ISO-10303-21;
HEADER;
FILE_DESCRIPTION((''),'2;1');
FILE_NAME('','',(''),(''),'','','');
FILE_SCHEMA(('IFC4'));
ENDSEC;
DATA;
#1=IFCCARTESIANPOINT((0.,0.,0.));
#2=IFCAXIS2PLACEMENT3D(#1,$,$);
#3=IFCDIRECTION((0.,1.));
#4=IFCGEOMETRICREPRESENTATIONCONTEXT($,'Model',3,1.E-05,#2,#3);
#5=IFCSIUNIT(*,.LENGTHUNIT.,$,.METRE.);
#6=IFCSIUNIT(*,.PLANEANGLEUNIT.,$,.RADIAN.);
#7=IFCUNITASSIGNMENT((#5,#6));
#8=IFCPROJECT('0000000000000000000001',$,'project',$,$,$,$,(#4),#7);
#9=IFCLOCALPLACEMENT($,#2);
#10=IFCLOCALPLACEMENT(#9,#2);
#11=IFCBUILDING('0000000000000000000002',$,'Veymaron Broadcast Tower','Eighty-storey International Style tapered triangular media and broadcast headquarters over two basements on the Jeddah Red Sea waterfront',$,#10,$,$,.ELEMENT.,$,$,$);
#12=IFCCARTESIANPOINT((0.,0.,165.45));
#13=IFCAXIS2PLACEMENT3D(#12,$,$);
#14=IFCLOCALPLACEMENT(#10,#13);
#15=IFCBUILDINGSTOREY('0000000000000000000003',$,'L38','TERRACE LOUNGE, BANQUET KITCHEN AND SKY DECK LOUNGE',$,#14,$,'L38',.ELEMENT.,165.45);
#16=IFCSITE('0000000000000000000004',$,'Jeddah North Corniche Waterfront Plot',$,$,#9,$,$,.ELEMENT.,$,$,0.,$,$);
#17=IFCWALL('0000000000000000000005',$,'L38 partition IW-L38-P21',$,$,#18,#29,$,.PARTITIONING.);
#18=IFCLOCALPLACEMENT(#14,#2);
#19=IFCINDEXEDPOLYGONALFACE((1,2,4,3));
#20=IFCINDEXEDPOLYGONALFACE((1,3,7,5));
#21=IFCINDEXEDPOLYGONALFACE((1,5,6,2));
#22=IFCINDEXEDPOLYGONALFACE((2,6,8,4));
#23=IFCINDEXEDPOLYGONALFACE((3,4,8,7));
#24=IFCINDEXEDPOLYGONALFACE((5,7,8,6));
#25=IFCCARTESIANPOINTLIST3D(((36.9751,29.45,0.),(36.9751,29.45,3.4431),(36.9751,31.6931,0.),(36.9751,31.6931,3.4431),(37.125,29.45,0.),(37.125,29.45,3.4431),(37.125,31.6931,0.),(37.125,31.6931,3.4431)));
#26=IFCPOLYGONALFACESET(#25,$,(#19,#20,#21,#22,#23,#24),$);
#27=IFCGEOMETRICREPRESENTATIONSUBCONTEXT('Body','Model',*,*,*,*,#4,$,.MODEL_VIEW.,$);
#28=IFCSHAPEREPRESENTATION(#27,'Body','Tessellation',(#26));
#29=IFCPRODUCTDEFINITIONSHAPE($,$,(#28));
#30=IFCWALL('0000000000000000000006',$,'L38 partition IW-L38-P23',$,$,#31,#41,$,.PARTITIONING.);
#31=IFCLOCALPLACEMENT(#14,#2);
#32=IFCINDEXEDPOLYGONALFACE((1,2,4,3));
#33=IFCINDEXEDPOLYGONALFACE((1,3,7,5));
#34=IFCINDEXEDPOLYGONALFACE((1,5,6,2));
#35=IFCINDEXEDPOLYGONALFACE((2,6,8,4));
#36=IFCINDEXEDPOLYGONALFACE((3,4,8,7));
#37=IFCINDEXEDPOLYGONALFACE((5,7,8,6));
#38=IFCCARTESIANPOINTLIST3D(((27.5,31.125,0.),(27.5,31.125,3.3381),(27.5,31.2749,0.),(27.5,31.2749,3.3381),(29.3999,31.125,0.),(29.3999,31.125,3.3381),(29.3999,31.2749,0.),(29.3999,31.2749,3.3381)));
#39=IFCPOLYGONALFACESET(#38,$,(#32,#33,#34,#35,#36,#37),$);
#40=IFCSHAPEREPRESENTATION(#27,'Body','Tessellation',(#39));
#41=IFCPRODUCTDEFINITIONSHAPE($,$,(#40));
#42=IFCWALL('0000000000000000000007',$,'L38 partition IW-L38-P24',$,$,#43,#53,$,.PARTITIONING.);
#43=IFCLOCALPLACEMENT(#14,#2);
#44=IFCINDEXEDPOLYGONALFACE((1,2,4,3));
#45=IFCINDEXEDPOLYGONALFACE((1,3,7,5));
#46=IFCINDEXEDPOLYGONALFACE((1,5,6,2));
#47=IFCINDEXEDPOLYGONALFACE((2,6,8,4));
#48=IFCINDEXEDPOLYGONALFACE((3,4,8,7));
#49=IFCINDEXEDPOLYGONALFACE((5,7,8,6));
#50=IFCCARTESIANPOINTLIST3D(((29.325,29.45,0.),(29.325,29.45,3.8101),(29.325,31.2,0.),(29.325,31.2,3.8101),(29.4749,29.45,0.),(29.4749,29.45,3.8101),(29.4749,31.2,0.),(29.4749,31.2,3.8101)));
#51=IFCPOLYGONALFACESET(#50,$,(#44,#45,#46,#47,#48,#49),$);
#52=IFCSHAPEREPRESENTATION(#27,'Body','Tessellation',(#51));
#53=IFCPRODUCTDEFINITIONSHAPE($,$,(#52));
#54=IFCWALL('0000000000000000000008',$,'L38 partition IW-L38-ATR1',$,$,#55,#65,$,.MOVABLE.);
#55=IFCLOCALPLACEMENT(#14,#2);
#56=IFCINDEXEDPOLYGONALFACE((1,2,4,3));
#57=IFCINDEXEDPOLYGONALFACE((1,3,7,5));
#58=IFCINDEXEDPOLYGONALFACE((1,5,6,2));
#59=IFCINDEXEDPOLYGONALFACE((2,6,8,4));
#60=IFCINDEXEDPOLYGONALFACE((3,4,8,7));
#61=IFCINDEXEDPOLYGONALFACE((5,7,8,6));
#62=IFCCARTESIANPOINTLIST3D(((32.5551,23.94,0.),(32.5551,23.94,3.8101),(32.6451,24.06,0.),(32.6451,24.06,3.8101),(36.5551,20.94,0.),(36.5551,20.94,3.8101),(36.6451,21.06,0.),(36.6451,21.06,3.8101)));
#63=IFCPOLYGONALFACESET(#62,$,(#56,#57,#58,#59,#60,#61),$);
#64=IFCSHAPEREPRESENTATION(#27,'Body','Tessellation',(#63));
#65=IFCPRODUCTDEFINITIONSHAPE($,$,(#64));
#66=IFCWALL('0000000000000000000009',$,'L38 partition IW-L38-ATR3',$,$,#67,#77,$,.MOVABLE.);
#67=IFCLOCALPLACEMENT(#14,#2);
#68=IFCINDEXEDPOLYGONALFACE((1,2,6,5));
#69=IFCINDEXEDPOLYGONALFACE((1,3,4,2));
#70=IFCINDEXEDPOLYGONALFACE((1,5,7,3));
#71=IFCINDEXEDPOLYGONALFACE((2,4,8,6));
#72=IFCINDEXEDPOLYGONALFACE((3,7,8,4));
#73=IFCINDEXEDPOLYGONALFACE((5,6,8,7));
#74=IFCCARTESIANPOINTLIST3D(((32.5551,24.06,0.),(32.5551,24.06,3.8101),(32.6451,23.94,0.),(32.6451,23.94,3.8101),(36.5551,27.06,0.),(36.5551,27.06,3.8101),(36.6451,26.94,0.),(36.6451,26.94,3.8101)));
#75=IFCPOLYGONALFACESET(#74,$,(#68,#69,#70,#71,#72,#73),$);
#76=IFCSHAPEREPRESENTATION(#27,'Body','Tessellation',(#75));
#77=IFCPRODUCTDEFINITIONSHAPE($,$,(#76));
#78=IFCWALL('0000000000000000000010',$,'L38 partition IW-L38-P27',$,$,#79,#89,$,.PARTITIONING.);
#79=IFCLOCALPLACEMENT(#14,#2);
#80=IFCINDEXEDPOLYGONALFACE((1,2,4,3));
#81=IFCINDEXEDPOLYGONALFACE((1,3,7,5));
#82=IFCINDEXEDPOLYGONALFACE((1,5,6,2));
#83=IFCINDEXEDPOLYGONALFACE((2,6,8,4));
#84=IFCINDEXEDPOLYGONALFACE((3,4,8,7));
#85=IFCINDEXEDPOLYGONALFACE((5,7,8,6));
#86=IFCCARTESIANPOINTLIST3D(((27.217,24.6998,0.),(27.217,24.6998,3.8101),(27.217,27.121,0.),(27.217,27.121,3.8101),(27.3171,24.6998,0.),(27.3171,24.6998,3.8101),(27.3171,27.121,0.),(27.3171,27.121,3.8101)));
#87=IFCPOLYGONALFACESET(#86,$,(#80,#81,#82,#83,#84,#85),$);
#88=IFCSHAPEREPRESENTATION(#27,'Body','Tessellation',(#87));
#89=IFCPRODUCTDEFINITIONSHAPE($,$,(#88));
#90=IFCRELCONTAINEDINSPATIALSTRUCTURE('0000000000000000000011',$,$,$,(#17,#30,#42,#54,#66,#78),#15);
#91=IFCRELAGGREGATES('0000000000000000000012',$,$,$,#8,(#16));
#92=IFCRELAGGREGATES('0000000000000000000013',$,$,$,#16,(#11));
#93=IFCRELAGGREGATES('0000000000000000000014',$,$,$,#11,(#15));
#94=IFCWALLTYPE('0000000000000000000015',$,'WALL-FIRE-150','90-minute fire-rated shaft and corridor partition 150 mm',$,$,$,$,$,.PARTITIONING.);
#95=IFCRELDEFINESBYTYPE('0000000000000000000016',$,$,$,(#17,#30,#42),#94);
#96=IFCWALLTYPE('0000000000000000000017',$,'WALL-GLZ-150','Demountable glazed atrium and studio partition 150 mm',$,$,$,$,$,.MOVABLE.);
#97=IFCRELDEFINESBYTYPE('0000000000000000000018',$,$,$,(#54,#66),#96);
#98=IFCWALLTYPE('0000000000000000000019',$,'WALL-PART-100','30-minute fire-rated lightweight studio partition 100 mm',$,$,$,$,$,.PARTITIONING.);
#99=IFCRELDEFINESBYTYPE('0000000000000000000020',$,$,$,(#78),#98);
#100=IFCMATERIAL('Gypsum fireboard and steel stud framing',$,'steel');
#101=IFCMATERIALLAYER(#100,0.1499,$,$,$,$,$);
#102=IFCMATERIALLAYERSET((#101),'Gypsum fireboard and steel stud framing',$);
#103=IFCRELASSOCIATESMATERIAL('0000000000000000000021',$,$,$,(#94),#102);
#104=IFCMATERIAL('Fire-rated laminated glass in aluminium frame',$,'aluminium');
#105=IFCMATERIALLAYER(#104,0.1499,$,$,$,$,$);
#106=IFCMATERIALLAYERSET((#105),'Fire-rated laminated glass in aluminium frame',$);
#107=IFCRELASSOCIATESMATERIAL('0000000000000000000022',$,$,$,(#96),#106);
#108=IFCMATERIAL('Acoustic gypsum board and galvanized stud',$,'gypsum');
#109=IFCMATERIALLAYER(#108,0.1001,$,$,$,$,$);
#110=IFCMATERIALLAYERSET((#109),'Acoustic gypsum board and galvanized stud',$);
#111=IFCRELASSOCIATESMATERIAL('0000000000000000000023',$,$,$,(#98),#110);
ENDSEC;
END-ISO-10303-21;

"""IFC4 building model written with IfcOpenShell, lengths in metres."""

from ifc_helpers import new_model, si_unit, direction, frame, frame_2d, origin, place, context, subcontext, project, spatial, rectangle, extrude, material, layer, layer_set, type_object, element, save


model = new_model("IFC4")

# Units and contexts
model_context = context("Model", 3, precision=1e-05, world=origin(), true_north=direction((0.0, 1.0)))
body_context = subcontext(model_context, "Body", "Model", "MODEL_VIEW")
ifc_project = project(units=[si_unit("LENGTHUNIT", "METRE"), si_unit("PLANEANGLEUNIT", "RADIAN")], contexts=[model_context])

# Site, building, storey
site_placement = place(None, origin())
site = spatial("IfcSite", under=ifc_project, at=site_placement, Name="Jeddah North Corniche Waterfront Plot", CompositionType="ELEMENT", RefElevation=0.0)
building_placement = place(site_placement, origin())
building = spatial("IfcBuilding", under=site, at=building_placement, Name="Veymaron Broadcast Tower", Description="Eighty-storey International Style tapered triangular media and broadcast headquarters over two basements on the Jeddah Red Sea waterfront", CompositionType="ELEMENT")
storey_placement = place(building_placement, frame((0.0, 0.0, 165.45)))
storey = spatial("IfcBuildingStorey", under=building, at=storey_placement, Name="L38", Description="TERRACE LOUNGE, BANQUET KITCHEN AND SKY DECK LOUNGE", LongName="L38", CompositionType="ELEMENT", Elevation=165.45)

# Shared definitions
ifc_material_1 = material(Name="Gypsum fireboard and steel stud framing", Category="steel")
ifc_layer_1 = layer(ifc_material_1, 0.1499)
ifc_layer_set_1 = layer_set([ifc_layer_1], Name="Gypsum fireboard and steel stud framing")
wall_type_1 = type_object("IfcWallType", Name="WALL-FIRE-150", Description="90-minute fire-rated shaft and corridor partition 150 mm", PredefinedType="PARTITIONING", material=ifc_layer_set_1)

# Walls
wall_1_placement = place(storey_placement, frame((37.05, 29.45, 0.0), z_axis=(0.0, 0.0, 1.0), x_axis=(0.0, 1.0, 0.0)))
element("IfcWall", 1, at=wall_1_placement, inside=storey, type_object=wall_type_1, Name="L38 partition IW-L38-P21", PredefinedType="PARTITIONING", context=body_context, shape_type="SweptSolid", body=[
    extrude(rectangle(XDim=2.2432, YDim=0.1499, at=frame_2d((1.1216, 0.0))), origin(), (0.0, 0.0, 1.0), 3.4431),
])
wall_2_placement = place(storey_placement, frame((27.5, 31.2, 0.0), z_axis=(0.0, 0.0, 1.0), x_axis=(1.0, 0.0, 0.0)))
element("IfcWall", 2, at=wall_2_placement, inside=storey, type_object=wall_type_1, Name="L38 partition IW-L38-P23", PredefinedType="PARTITIONING", context=body_context, shape_type="SweptSolid", body=[
    extrude(rectangle(XDim=1.8999, YDim=0.1499, at=frame_2d((0.95, 0.0))), origin(), (0.0, 0.0, 1.0), 3.3381),
])
wall_3_placement = place(storey_placement, frame((29.3999, 29.45, 0.0), z_axis=(0.0, 0.0, 1.0), x_axis=(0.0, 1.0, 0.0)))
element("IfcWall", 3, at=wall_3_placement, inside=storey, type_object=wall_type_1, Name="L38 partition IW-L38-P24", PredefinedType="PARTITIONING", context=body_context, shape_type="SweptSolid", body=[
    extrude(rectangle(XDim=1.75, YDim=0.1499, at=frame_2d((0.875, 0.0))), origin(), (0.0, 0.0, 1.0), 3.8101),
])
ifc_material_2 = material(Name="Fire-rated laminated glass in aluminium frame", Category="aluminium")
ifc_layer_2 = layer(ifc_material_2, 0.1499)
ifc_layer_set_2 = layer_set([ifc_layer_2], Name="Fire-rated laminated glass in aluminium frame")
wall_type_2 = type_object("IfcWallType", Name="WALL-GLZ-150", Description="Demountable glazed atrium and studio partition 150 mm", PredefinedType="MOVABLE", material=ifc_layer_set_2)
for number, where, z_axis, x_axis, name in (
    (4, (32.6001, 24.0, 0.0), (0.0, 0.0, 1.0), (0.8, -0.6, 0.0), "L38 partition IW-L38-ATR1"),
    (5, (36.6001, 27.0, 0.0), (0.0, 0.0, 1.0), (-0.8, -0.6, 0.0), "L38 partition IW-L38-ATR3"),
):
    element("IfcWall", number, at=place(storey_placement, frame(where, z_axis=z_axis, x_axis=x_axis)), inside=storey, type_object=wall_type_2, Name=name, PredefinedType="MOVABLE", context=body_context, shape_type="SweptSolid", body=[
        extrude(rectangle(XDim=5.0, YDim=0.1499, at=frame_2d((2.5, 0.0))), origin(), (0.0, 0.0, 1.0), 3.8101),
    ])
ifc_material_3 = material(Name="Acoustic gypsum board and galvanized stud", Category="gypsum")
ifc_layer_3 = layer(ifc_material_3, 0.1001)
ifc_layer_set_3 = layer_set([ifc_layer_3], Name="Acoustic gypsum board and galvanized stud")
wall_type_3 = type_object("IfcWallType", Name="WALL-PART-100", Description="30-minute fire-rated lightweight studio partition 100 mm", PredefinedType="PARTITIONING", material=ifc_layer_set_3)
wall_4_placement = place(storey_placement, frame((27.2671, 24.7, 0.0), z_axis=(0.0, 0.0, 1.0), x_axis=(0.0, 1.0, 0.0)))
element("IfcWall", 6, at=wall_4_placement, inside=storey, type_object=wall_type_3, Name="L38 partition IW-L38-P27", PredefinedType="PARTITIONING", context=body_context, shape_type="SweptSolid", body=[
    extrude(rectangle(XDim=2.4211, YDim=0.1001, at=frame_2d((1.2104, 0.0))), origin(), (0.0, 0.0, 1.0), 3.8101),
])

save(model, "model.ifc")
